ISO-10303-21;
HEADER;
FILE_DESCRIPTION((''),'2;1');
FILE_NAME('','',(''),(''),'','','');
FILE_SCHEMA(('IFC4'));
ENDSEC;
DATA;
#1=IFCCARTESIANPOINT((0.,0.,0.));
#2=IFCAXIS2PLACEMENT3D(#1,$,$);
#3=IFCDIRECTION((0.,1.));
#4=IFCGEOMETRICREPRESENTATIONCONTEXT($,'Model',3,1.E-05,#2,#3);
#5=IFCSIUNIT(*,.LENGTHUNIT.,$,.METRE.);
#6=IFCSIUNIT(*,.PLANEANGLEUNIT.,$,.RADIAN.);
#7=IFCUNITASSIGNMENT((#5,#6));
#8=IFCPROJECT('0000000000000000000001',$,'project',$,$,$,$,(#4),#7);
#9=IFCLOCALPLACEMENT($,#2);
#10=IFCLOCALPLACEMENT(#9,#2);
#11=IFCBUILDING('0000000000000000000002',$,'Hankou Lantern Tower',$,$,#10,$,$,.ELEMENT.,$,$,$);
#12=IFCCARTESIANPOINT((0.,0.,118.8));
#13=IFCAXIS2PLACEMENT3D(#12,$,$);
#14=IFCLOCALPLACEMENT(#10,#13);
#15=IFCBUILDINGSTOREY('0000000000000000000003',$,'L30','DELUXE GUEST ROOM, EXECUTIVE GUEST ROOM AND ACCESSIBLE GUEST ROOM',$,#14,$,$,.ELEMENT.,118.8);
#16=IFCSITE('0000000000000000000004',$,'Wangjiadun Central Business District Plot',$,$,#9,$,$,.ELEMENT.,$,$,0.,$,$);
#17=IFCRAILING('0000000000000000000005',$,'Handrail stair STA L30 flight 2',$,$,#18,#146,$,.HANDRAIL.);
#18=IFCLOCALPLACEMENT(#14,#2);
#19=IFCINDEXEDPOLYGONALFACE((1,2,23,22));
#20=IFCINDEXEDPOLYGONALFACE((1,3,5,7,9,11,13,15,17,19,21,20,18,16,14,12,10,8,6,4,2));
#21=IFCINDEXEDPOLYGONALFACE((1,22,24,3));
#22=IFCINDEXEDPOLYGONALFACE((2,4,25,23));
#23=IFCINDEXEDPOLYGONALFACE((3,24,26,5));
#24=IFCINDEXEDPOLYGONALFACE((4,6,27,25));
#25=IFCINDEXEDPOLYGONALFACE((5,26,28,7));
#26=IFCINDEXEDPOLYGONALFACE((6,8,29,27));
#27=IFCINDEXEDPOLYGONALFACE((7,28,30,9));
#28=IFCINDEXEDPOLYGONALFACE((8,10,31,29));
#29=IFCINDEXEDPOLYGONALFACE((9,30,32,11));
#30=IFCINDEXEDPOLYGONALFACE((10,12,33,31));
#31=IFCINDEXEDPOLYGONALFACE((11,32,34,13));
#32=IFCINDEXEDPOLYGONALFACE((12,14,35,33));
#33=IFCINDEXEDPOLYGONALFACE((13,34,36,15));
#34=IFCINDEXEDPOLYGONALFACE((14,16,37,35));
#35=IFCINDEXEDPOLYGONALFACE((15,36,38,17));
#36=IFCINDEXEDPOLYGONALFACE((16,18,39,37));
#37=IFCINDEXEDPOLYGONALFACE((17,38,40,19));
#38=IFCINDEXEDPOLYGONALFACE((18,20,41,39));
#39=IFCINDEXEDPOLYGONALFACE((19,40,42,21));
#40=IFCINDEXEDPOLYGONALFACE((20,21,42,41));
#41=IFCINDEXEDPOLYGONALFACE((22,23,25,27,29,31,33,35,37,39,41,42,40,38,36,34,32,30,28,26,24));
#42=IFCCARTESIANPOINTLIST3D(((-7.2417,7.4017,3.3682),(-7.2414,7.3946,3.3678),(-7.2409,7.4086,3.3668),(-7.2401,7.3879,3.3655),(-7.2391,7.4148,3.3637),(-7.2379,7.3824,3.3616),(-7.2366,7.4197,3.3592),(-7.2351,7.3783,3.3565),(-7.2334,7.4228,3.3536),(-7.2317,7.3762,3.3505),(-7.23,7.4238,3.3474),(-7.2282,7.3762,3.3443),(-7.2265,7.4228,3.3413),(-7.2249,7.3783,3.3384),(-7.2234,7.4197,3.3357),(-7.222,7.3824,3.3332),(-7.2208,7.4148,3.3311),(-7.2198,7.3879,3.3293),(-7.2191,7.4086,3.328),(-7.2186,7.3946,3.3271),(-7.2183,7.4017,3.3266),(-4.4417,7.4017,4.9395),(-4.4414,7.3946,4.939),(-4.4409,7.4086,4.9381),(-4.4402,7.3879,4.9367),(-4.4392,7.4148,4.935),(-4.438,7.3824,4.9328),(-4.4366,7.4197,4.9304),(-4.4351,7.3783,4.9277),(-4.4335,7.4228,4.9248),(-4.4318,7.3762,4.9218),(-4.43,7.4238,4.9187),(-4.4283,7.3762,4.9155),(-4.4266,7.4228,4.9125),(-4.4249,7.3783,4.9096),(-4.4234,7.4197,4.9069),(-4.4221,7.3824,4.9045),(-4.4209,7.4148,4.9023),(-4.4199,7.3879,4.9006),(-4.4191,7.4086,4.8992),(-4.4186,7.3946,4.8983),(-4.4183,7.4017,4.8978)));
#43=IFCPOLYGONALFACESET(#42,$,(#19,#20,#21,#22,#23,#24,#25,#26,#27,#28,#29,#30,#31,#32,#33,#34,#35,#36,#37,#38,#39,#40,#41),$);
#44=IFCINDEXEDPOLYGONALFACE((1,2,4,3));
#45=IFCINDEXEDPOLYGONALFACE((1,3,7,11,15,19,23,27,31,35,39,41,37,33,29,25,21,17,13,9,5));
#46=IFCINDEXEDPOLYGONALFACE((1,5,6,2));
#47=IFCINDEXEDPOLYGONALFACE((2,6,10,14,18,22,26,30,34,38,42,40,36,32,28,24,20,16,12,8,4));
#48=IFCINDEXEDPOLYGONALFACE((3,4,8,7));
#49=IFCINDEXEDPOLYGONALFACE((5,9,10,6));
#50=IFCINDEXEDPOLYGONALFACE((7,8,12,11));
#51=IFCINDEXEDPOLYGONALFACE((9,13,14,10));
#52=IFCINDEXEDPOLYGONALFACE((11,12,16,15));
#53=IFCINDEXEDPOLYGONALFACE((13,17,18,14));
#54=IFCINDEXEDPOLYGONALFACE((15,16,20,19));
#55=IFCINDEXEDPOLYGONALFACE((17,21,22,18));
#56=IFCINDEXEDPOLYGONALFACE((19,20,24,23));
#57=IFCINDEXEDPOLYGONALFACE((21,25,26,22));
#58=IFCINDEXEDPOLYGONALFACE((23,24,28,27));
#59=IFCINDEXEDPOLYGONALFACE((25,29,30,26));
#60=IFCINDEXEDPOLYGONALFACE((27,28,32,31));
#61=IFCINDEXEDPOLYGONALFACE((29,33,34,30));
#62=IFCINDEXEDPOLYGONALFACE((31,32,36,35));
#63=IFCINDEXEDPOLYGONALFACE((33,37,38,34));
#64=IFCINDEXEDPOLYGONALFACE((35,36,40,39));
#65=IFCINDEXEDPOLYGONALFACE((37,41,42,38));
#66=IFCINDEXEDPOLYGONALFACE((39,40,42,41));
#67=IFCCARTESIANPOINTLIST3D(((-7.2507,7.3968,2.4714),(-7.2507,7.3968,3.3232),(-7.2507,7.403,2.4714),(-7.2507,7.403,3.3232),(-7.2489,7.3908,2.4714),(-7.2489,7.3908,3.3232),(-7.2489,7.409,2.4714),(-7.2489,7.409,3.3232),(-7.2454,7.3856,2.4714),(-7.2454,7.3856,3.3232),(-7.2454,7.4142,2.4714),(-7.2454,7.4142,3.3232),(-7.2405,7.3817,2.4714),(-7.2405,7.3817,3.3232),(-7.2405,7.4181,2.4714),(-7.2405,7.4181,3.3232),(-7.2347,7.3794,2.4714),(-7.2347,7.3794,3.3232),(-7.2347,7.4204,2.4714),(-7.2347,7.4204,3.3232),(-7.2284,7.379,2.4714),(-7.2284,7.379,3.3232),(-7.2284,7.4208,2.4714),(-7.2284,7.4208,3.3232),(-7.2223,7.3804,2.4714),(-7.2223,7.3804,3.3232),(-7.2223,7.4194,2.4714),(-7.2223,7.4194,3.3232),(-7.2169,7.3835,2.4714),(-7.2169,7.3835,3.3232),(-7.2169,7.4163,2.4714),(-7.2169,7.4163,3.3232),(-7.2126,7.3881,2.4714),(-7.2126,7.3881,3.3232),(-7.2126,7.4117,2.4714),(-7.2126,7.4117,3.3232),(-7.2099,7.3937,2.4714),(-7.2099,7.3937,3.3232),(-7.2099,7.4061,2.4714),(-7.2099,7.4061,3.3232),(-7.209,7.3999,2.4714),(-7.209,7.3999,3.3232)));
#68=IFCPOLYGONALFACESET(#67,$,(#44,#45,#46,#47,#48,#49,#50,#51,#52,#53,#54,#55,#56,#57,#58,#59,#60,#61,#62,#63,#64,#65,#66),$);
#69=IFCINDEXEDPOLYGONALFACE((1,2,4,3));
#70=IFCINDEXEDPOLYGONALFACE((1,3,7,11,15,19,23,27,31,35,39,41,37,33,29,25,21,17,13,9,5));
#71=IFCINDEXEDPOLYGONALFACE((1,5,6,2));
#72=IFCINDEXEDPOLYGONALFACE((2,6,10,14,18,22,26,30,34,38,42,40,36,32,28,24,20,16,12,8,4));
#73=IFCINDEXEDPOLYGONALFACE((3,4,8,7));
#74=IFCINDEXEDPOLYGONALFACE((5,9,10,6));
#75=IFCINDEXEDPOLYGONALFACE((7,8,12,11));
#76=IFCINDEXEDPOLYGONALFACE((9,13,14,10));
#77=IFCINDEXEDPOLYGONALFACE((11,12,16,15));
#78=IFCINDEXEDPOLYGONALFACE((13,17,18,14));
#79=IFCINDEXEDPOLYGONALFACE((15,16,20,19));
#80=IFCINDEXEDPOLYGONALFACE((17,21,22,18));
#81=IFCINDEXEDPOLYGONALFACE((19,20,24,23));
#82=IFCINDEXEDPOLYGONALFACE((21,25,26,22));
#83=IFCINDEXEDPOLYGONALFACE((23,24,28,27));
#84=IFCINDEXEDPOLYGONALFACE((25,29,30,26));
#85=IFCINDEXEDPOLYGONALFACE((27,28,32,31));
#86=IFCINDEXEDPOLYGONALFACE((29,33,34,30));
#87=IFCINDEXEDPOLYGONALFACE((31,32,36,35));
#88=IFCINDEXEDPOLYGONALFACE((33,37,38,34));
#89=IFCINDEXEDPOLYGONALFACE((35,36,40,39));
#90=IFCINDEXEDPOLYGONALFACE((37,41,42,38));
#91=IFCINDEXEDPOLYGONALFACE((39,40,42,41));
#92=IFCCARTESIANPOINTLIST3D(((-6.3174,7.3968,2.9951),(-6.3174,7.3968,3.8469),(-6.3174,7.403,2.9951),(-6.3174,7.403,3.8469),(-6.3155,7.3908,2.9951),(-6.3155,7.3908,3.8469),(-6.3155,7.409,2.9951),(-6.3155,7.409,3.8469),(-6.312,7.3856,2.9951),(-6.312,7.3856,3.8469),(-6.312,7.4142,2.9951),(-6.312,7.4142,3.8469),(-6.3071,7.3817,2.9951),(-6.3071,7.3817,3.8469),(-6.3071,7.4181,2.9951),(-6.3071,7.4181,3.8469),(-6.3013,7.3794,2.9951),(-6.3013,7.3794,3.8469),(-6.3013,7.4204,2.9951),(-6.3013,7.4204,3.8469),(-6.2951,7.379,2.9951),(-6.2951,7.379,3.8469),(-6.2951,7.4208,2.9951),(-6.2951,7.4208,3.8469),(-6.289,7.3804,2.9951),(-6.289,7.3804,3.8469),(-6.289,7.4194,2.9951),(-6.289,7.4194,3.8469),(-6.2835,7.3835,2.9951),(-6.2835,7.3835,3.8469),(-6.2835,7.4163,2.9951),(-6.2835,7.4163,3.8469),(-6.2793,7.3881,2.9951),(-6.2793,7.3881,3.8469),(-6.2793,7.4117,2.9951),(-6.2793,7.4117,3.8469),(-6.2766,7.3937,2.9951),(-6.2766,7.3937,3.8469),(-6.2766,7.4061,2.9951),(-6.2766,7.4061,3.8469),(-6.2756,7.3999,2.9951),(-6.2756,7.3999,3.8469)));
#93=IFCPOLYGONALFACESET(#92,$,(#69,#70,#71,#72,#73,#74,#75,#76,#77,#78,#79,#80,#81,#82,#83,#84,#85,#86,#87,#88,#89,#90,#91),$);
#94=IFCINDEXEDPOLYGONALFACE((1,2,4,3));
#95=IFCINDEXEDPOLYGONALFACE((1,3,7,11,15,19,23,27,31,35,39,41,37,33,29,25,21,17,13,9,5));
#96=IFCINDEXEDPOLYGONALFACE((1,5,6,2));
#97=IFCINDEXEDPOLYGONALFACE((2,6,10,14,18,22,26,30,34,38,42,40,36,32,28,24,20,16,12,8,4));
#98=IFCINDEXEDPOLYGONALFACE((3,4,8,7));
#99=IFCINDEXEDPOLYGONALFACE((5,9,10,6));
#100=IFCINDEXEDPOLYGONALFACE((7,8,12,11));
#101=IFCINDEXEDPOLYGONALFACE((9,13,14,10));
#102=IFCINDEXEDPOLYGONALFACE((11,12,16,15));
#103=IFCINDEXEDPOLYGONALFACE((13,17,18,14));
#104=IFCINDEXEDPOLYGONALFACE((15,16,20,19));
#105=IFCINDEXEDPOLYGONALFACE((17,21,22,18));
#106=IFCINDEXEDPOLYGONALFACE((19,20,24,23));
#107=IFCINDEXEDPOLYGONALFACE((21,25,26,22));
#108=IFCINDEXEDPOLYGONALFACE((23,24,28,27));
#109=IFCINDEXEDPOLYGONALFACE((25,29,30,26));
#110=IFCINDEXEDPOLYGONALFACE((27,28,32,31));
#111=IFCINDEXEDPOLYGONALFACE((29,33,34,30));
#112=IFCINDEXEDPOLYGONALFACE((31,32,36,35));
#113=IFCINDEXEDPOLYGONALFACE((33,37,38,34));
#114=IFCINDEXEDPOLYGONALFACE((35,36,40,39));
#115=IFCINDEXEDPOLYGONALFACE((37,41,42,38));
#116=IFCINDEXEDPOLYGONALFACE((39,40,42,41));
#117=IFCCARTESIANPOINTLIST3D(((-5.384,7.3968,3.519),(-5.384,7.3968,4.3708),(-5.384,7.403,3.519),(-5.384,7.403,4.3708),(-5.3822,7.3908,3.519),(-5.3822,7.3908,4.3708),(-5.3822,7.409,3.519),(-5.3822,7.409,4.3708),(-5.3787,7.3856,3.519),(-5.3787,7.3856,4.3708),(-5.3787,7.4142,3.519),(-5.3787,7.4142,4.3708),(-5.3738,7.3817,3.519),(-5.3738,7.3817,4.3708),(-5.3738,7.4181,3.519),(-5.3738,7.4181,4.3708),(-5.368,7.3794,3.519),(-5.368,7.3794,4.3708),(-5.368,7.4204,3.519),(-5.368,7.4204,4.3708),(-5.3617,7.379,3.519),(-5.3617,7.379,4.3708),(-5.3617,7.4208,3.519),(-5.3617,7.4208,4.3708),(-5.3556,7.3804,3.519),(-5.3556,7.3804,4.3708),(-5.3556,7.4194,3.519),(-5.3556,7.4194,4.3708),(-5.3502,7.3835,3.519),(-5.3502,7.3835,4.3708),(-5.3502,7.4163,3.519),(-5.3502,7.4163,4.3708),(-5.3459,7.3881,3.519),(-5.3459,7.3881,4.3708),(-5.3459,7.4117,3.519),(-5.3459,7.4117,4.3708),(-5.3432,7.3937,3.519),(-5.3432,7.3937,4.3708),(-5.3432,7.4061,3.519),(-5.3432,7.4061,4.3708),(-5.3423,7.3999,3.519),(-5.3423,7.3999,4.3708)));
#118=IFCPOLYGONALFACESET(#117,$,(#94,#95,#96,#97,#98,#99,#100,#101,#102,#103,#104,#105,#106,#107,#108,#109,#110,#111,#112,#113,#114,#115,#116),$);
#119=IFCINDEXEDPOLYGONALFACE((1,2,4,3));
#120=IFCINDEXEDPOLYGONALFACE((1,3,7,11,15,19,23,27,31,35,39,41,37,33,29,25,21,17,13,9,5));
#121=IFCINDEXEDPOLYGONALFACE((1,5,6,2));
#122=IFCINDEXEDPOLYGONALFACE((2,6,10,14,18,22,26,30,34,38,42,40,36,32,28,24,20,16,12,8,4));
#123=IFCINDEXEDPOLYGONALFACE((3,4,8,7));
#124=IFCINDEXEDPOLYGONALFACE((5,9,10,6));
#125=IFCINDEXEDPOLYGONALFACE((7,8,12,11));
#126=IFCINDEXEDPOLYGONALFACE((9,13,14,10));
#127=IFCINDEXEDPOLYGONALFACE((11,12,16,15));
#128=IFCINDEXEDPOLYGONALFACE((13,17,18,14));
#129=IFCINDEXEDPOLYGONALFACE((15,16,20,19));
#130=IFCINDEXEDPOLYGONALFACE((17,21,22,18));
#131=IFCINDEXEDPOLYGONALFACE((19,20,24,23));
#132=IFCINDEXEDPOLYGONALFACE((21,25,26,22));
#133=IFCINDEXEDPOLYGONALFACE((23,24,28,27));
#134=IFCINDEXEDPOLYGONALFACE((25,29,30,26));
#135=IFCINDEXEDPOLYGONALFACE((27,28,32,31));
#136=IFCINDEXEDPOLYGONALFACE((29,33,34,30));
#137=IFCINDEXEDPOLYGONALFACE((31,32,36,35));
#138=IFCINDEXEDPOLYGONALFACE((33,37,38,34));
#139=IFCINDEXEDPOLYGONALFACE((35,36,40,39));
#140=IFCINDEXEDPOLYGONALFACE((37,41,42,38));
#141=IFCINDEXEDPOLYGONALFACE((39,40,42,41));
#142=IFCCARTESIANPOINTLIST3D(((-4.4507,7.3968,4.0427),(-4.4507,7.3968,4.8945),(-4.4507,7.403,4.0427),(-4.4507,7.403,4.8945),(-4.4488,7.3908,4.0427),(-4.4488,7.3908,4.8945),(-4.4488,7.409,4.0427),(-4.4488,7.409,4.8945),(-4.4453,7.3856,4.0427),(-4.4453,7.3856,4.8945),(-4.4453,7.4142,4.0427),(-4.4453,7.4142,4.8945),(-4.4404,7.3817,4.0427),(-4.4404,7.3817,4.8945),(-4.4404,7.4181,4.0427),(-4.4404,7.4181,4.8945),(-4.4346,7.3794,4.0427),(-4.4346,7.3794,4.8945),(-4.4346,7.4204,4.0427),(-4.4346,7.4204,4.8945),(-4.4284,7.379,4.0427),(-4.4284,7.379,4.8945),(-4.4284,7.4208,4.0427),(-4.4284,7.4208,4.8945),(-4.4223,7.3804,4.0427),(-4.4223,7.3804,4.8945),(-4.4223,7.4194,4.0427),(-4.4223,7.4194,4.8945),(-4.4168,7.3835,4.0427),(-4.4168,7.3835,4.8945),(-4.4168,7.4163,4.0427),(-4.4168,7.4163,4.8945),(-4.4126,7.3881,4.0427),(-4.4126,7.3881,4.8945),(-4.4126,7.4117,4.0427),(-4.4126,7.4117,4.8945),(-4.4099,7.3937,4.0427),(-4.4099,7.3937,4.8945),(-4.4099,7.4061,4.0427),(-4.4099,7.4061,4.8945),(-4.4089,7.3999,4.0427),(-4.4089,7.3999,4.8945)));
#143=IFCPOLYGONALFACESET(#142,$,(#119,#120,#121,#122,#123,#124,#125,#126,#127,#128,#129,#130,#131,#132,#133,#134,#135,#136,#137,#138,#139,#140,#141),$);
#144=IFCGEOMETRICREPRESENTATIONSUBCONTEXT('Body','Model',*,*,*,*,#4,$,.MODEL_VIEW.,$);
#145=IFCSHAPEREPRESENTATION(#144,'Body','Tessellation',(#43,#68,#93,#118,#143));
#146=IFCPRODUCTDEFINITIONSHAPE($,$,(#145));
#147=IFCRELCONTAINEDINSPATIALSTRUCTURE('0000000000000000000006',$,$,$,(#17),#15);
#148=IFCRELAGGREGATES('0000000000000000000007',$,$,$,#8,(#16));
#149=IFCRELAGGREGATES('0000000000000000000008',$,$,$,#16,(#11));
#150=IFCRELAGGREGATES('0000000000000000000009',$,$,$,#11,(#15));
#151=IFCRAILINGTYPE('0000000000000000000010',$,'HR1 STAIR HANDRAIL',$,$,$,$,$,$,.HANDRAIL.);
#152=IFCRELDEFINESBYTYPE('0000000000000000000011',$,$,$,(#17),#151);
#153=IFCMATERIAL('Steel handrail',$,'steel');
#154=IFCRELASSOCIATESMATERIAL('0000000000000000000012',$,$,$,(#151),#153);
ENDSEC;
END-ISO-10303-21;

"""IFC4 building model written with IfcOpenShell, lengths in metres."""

from ifc_helpers import new_model, si_unit, direction, frame, origin, origin_2d, place, context, subcontext, project, spatial, circle, extrude, material, type_object, element, save


model = new_model("IFC4")

# Units and contexts
model_context = context("Model", 3, precision=1e-05, world=origin(), true_north=direction((0.0, 1.0)))
body_context = subcontext(model_context, "Body", "Model", "MODEL_VIEW")
ifc_project = project(units=[si_unit("LENGTHUNIT", "METRE"), si_unit("PLANEANGLEUNIT", "RADIAN")], contexts=[model_context])

# Site, building, storey
site_placement = place(None, origin())
site = spatial("IfcSite", under=ifc_project, at=site_placement, Name="Wangjiadun Central Business District Plot", CompositionType="ELEMENT", RefElevation=0.0)
building_placement = place(site_placement, origin())
building = spatial("IfcBuilding", under=site, at=building_placement, Name="Hankou Lantern Tower", CompositionType="ELEMENT")
storey_placement = place(building_placement, frame((0.0, 0.0, 118.8)))
storey = spatial("IfcBuildingStorey", under=building, at=storey_placement, Name="L30", Description="DELUXE GUEST ROOM, EXECUTIVE GUEST ROOM AND ACCESSIBLE GUEST ROOM", CompositionType="ELEMENT", Elevation=118.8)

# Railing
ifc_material_1 = material(Name="Steel handrail", Category="steel")
railing_type = type_object("IfcRailingType", Name="HR1 STAIR HANDRAIL", PredefinedType="HANDRAIL", material=ifc_material_1)
railing_1_placement = place(storey_placement, frame((-7.23, 7.3999, 2.4714)))
element("IfcRailing", 1, at=railing_1_placement, inside=storey, type_object=railing_type, Name="Handrail stair STA L30 flight 2", PredefinedType="HANDRAIL", context=body_context, shape_type="SweptSolid", body=[
    extrude(circle(Radius=0.0239, at=origin_2d()), frame((0.0, 0.0, 0.876), z_axis=(0.872073, 0.0, 0.489377), x_axis=(0.0, 1.0, 0.0)), (0.0, 0.0, 1.0), 3.2107),
    extrude(circle(Radius=0.021, at=origin_2d()), origin(), (0.0, 0.0, 1.0), 0.8518),
    extrude(circle(Radius=0.021, at=origin_2d()), frame((0.9333, 0.0, 0.5237)), (0.0, 0.0, 1.0), 0.8518),
    extrude(circle(Radius=0.021, at=origin_2d()), frame((1.8667, 0.0, 1.0476)), (0.0, 0.0, 1.0), 0.8518),
    extrude(circle(Radius=0.021, at=origin_2d()), frame((2.8, 0.0, 1.5713)), (0.0, 0.0, 1.0), 0.8518),
])

save(model, "model.ifc")
